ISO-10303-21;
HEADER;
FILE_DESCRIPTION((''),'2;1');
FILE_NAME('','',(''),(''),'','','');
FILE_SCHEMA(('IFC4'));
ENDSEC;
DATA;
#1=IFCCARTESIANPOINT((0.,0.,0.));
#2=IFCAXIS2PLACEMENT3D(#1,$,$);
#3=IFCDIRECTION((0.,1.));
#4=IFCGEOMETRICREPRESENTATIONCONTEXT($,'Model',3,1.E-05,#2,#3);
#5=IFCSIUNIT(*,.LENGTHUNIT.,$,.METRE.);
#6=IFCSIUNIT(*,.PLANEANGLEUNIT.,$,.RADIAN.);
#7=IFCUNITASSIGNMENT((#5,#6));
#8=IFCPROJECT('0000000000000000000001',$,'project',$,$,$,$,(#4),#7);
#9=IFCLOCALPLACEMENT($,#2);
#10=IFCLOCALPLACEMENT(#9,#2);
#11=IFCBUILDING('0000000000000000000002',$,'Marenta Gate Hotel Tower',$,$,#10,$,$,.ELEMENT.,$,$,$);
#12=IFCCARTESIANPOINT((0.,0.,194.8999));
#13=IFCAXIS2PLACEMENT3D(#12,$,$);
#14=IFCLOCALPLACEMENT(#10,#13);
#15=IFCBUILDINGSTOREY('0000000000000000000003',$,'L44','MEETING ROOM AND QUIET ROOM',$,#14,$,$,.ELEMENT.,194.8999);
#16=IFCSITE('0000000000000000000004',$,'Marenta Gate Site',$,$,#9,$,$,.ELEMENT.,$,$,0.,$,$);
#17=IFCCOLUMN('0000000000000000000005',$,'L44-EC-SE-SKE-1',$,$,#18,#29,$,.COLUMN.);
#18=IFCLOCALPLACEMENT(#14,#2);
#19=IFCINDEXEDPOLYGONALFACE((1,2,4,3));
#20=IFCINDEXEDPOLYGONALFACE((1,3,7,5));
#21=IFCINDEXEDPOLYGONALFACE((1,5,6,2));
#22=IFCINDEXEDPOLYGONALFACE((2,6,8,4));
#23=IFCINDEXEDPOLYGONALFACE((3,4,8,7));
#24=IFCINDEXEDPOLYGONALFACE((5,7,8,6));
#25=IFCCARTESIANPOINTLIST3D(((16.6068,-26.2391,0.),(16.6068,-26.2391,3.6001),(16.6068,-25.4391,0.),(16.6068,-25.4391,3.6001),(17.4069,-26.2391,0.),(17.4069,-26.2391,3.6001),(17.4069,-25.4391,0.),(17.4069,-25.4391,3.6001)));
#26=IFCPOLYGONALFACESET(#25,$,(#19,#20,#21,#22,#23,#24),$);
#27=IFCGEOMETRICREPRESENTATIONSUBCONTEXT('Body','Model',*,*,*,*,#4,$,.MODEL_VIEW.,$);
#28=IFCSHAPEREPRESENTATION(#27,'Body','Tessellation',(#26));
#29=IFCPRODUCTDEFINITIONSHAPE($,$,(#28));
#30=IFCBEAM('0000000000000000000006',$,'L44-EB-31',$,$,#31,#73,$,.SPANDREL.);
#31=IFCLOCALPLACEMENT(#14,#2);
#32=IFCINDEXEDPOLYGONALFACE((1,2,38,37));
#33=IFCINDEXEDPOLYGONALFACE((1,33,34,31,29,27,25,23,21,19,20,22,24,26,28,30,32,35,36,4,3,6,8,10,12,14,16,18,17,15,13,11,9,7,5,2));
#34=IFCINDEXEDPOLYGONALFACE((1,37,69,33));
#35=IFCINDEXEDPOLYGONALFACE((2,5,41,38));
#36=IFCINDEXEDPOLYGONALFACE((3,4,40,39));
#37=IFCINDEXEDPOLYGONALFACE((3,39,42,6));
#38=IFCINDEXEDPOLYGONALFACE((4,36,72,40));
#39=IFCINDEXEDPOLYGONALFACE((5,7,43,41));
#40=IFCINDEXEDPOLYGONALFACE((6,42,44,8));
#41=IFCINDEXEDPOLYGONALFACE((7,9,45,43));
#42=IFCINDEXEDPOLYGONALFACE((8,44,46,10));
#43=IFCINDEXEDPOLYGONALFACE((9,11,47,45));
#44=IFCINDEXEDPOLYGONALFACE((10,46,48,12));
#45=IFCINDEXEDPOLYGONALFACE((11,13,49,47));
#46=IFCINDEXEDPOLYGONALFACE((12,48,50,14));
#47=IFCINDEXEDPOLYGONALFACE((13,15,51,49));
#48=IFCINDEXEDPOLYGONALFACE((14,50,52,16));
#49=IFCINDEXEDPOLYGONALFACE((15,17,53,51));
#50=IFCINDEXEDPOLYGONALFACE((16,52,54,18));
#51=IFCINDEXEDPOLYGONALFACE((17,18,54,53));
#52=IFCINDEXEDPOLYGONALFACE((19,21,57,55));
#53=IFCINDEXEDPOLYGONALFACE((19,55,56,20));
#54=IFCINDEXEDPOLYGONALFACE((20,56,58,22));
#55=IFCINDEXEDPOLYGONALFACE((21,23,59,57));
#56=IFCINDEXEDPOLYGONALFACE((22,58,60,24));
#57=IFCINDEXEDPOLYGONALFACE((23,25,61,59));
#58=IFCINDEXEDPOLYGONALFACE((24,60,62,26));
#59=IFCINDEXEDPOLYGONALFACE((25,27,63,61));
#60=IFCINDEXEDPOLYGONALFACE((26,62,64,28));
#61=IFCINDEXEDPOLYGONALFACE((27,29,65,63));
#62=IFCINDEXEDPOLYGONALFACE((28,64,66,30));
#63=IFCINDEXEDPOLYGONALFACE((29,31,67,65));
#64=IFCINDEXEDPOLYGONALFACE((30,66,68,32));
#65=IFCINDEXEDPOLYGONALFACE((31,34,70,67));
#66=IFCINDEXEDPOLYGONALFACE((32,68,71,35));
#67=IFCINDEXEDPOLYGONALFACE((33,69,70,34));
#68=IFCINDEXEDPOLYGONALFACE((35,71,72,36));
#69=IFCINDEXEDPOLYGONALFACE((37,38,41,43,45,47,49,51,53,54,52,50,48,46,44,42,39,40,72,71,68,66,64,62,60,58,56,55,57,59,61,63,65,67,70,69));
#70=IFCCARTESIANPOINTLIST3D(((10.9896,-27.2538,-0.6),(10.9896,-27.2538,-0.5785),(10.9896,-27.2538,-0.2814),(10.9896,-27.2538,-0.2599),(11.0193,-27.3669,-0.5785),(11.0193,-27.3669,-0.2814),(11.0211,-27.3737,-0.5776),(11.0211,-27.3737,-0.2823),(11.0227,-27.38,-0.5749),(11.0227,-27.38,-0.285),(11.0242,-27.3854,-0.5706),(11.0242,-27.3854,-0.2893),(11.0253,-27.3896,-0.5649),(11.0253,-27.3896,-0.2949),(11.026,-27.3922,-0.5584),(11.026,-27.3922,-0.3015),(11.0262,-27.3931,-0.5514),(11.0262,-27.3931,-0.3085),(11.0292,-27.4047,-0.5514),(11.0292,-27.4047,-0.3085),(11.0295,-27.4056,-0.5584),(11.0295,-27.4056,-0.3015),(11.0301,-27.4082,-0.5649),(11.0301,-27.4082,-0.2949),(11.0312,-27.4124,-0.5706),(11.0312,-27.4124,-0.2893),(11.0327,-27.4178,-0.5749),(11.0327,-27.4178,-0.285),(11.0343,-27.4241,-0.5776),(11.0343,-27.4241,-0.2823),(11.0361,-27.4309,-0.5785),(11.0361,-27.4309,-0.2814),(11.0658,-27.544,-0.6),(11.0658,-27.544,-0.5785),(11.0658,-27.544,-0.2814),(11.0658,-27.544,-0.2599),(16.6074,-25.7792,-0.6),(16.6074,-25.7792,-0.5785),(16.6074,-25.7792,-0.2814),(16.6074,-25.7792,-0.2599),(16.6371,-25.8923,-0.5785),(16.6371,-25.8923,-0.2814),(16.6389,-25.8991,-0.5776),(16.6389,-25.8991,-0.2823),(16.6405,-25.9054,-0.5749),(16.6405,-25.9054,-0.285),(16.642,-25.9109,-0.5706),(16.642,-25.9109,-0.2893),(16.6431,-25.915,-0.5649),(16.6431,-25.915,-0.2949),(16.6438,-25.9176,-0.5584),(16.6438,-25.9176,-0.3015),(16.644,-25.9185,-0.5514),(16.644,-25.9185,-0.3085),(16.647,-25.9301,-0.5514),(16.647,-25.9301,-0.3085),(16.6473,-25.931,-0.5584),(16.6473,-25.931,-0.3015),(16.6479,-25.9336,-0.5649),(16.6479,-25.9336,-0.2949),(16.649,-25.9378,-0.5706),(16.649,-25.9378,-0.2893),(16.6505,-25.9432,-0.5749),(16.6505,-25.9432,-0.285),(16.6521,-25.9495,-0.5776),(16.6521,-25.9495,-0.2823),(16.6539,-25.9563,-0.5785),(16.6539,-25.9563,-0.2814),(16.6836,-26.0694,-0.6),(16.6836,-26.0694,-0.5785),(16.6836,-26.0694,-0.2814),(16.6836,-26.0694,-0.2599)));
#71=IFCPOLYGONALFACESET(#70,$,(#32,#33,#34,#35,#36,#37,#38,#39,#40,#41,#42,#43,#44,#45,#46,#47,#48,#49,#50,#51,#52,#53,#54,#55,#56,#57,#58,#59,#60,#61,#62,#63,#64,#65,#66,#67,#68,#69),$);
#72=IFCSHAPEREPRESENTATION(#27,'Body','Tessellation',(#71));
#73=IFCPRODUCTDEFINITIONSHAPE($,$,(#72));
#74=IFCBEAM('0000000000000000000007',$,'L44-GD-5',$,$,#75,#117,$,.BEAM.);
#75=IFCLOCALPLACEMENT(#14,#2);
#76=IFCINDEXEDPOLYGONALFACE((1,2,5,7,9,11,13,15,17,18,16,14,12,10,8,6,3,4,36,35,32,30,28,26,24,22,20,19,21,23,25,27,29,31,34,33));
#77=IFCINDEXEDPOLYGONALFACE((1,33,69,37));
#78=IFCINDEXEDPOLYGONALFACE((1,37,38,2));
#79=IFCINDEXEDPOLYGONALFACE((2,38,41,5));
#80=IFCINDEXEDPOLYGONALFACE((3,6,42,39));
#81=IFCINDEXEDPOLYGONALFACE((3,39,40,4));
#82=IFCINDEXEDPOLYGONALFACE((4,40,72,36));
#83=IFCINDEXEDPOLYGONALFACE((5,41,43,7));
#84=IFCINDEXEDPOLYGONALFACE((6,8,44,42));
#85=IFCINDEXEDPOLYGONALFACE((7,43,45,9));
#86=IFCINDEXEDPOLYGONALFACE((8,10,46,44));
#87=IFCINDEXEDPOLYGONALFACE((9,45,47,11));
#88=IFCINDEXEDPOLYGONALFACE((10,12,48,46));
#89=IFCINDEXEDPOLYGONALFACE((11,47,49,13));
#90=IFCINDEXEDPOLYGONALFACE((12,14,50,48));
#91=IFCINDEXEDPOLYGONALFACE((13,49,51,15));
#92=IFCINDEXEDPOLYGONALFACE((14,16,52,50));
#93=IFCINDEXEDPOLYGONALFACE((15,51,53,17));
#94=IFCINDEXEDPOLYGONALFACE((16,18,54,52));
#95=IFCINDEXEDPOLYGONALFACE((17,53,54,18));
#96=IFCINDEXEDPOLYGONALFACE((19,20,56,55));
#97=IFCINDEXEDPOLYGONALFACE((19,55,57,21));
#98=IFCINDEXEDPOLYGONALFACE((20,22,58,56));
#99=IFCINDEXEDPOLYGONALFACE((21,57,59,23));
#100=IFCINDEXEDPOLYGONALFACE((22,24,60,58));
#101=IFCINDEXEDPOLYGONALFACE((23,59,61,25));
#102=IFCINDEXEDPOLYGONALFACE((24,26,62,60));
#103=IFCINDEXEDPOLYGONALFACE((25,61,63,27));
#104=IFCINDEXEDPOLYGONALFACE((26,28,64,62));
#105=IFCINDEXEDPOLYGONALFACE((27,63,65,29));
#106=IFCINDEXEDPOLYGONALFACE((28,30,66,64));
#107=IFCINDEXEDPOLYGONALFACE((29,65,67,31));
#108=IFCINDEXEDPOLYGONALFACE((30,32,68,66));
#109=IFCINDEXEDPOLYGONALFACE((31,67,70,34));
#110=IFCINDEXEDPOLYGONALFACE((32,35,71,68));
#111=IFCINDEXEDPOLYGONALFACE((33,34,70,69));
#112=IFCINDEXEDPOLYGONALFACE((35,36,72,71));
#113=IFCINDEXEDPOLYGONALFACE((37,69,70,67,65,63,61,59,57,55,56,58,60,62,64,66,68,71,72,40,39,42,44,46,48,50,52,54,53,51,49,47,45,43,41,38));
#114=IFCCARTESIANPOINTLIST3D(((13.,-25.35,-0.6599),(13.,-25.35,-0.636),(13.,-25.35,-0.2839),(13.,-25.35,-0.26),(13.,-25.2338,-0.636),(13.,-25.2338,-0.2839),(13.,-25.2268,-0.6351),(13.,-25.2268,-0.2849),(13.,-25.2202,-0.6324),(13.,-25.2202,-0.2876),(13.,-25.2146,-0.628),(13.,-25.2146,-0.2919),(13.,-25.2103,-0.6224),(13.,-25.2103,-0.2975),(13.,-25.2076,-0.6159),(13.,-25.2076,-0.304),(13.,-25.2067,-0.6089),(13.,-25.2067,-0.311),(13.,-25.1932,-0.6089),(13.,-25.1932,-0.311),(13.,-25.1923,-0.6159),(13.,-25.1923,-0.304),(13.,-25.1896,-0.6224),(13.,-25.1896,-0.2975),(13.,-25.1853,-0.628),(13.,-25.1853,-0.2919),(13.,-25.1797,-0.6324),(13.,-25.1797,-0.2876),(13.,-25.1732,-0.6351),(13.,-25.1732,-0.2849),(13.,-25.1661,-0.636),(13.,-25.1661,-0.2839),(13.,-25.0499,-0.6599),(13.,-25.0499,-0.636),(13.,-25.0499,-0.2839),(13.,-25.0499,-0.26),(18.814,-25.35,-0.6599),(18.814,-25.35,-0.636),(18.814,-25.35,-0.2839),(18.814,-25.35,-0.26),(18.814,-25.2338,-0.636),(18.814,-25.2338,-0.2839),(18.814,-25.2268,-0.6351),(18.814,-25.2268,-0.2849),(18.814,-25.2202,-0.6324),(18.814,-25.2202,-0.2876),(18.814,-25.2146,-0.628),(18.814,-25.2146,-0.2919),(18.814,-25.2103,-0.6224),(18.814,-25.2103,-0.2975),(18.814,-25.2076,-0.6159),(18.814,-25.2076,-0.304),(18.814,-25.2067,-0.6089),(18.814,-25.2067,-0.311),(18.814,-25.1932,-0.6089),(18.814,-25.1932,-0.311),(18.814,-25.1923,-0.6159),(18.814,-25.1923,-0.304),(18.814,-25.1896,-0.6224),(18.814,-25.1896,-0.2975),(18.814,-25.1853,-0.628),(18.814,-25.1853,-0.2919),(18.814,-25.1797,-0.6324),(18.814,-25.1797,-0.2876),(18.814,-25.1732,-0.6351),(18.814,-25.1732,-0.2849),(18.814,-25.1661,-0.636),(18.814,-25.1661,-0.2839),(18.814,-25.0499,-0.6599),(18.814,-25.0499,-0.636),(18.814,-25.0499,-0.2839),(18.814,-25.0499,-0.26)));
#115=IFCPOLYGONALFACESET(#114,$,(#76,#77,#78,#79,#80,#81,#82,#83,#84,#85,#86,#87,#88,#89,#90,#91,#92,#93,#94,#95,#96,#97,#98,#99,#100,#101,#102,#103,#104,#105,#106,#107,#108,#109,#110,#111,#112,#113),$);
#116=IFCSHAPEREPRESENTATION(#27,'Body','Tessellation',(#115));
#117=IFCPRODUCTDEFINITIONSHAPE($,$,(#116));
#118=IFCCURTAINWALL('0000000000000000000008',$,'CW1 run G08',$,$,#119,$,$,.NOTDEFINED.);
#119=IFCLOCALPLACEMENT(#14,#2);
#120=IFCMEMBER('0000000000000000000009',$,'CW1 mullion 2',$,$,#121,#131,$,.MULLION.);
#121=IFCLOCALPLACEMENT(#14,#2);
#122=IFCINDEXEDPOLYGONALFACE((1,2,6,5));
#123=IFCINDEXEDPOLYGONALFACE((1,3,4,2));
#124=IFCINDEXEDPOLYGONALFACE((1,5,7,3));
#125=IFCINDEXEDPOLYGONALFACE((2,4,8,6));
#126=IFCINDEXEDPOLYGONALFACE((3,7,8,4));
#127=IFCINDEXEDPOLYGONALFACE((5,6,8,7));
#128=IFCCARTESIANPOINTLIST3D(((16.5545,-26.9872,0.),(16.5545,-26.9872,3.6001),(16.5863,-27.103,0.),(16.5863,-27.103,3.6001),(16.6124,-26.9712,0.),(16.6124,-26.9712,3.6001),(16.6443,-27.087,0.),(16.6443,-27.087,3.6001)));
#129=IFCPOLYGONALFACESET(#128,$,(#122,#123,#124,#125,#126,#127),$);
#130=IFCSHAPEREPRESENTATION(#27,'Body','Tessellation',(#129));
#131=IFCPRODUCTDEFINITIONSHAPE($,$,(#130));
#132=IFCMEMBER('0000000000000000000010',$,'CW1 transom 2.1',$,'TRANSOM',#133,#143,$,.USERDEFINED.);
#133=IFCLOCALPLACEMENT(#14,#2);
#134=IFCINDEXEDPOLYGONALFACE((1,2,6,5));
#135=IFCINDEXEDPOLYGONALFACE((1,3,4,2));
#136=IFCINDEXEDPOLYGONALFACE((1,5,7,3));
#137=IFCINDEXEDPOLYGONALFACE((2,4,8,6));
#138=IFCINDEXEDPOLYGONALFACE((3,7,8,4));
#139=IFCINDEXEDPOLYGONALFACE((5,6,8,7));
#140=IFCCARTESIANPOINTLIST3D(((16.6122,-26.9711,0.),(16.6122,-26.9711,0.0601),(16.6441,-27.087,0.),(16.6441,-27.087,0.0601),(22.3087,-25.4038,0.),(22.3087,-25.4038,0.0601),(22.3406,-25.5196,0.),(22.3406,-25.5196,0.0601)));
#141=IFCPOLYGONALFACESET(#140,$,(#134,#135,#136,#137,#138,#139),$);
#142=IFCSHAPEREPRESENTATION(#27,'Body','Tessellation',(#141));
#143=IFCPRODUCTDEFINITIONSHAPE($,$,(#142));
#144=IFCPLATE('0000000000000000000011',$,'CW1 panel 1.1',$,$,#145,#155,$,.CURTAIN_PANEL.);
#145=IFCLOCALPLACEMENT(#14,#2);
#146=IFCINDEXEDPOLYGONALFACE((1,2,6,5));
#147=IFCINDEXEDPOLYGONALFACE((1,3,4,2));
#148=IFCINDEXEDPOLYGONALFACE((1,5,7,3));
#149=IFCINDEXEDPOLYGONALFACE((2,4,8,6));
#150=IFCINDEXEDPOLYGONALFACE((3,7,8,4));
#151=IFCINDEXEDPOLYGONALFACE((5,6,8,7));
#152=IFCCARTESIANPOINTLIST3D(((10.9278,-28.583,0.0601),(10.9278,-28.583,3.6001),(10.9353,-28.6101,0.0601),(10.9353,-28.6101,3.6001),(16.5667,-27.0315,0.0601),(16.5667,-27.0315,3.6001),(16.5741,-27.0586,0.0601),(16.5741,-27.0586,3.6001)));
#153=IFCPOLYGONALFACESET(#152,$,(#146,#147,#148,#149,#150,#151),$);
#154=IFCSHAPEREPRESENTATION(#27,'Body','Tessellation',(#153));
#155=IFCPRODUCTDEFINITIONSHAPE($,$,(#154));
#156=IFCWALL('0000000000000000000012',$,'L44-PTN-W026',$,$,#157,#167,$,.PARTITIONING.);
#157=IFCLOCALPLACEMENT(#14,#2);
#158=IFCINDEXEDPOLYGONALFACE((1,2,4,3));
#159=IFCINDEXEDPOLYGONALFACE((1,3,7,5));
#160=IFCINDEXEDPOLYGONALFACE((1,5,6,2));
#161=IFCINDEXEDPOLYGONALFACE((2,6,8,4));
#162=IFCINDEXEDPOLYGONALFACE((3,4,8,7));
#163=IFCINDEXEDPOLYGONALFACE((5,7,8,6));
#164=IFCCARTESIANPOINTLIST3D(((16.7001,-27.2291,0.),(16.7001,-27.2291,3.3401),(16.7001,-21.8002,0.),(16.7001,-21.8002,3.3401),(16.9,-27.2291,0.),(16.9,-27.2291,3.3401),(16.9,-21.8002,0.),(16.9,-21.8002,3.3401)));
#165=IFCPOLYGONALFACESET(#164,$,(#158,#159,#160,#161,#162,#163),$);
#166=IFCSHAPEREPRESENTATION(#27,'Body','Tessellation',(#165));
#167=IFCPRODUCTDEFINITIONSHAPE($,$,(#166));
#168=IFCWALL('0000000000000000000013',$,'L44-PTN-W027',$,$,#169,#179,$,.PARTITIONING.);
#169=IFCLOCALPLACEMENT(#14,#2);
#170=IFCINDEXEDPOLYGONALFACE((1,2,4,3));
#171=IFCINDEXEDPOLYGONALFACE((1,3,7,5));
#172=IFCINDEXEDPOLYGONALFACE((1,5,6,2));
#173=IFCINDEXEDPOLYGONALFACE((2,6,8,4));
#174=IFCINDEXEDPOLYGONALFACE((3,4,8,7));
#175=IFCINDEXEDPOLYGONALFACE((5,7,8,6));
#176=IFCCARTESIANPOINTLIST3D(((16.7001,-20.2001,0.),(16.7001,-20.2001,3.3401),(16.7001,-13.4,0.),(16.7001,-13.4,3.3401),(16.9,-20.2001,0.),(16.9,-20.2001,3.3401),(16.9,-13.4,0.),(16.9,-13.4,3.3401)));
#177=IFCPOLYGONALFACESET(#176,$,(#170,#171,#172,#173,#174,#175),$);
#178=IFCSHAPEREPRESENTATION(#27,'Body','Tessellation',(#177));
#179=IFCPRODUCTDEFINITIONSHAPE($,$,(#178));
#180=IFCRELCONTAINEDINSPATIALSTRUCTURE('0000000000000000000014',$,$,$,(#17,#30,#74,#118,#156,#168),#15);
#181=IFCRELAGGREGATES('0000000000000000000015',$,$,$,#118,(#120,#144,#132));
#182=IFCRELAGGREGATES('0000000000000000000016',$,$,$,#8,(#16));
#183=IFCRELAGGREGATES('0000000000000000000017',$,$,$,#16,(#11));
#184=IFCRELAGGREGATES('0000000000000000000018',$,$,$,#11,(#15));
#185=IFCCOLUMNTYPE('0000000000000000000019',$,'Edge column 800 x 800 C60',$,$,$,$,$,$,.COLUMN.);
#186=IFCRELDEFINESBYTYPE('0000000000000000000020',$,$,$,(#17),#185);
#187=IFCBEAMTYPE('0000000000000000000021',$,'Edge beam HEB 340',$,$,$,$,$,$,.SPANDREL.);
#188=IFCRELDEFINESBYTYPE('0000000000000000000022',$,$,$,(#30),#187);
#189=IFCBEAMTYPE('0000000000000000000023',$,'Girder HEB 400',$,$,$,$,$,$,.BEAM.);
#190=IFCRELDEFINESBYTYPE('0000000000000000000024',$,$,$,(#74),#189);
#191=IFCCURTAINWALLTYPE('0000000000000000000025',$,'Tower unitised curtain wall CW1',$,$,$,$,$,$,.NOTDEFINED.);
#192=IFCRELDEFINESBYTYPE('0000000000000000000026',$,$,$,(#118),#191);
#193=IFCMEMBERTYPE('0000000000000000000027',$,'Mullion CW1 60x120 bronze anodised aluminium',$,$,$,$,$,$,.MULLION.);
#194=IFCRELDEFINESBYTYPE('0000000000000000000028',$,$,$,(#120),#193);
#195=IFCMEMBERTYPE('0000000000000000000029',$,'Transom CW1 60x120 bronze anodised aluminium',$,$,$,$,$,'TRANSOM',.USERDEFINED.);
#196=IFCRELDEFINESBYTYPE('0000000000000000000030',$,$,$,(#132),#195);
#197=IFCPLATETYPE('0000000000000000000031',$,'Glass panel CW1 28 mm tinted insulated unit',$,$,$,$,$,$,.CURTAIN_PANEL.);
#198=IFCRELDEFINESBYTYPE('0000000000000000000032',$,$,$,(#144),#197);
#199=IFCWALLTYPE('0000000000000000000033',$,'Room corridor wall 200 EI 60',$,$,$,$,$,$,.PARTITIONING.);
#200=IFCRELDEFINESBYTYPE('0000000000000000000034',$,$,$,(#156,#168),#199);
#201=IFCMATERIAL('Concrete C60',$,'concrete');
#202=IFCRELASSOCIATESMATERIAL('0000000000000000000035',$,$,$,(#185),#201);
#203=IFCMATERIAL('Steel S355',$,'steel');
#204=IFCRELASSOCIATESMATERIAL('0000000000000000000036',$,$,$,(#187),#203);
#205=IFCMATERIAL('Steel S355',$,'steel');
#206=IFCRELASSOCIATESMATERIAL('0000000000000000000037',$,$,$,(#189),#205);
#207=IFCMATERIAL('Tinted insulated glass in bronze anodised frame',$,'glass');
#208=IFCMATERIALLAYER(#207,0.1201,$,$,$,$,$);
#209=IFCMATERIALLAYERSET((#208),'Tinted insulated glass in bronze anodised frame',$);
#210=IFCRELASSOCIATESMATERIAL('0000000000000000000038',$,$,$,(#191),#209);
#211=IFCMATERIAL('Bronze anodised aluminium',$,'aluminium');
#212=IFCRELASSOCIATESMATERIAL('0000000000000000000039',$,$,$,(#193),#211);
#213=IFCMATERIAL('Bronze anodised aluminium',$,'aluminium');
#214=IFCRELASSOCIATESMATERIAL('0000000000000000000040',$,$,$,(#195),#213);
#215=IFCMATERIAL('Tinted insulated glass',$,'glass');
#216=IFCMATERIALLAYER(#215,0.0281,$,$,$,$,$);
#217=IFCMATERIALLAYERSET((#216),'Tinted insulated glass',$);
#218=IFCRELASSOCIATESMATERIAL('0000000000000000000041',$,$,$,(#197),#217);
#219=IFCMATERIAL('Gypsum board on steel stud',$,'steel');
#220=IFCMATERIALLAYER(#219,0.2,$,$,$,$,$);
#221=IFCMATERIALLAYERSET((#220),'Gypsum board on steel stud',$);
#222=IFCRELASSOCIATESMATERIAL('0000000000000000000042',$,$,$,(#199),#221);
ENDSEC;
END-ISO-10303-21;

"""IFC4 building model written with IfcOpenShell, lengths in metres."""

from ifc_helpers import new_model, si_unit, direction, frame, frame_2d, origin, origin_2d, place, context, subcontext, project, spatial, rectangle, i_section, extrude, material, layer, layer_set, material_profile, profile_set, type_object, element, aggregate, save


model = new_model("IFC4")

# Units and contexts
model_context = context("Model", 3, precision=1e-05, world=origin(), true_north=direction((0.0, 1.0)))
body_context = subcontext(model_context, "Body", "Model", "MODEL_VIEW")
ifc_project = project(units=[si_unit("LENGTHUNIT", "METRE"), si_unit("PLANEANGLEUNIT", "RADIAN")], contexts=[model_context])

# Site, building, storey
site_placement = place(None, origin())
site = spatial("IfcSite", under=ifc_project, at=site_placement, Name="Marenta Gate Site", CompositionType="ELEMENT", RefElevation=0.0)
building_placement = place(site_placement, origin())
building = spatial("IfcBuilding", under=site, at=building_placement, Name="Marenta Gate Hotel Tower", CompositionType="ELEMENT")
storey_placement = place(building_placement, frame((0.0, 0.0, 194.8999)))
storey = spatial("IfcBuildingStorey", under=building, at=storey_placement, Name="L44", Description="MEETING ROOM AND QUIET ROOM", CompositionType="ELEMENT", Elevation=194.8999)

# Column
ifc_material_1 = material(Name="Concrete C60", Category="concrete")
ifc_material_profile_1 = material_profile(ifc_material_1, rectangle(XDim=0.8, YDim=0.8, at=origin_2d()), Name="800 x 800")
ifc_profile_set_1 = profile_set([ifc_material_profile_1], Name="Concrete C60")
column_type = type_object("IfcColumnType", Name="Edge column 800 x 800 C60", PredefinedType="COLUMN", material=ifc_profile_set_1)
column_placement = place(storey_placement, frame((17.0068, -25.8391, 0.0), z_axis=(0.0, 0.0, 1.0), x_axis=(1.0, 0.0, 0.0)))
element("IfcColumn", 1, at=column_placement, inside=storey, type_object=column_type, Name="L44-EC-SE-SKE-1", PredefinedType="COLUMN", context=body_context, shape_type="SweptSolid", body=[
    extrude(rectangle(XDim=0.8, YDim=0.8, at=origin_2d()), origin(), (0.0, 0.0, 1.0), 3.6001),
])

# Beams
ifc_material_2 = material(Name="Steel S355", Category="steel")
ifc_material_profile_2 = material_profile(ifc_material_2, i_section(OverallWidth=0.3, OverallDepth=0.3401, WebThickness=0.012, FlangeThickness=0.0215, FilletRadius=0.0271, at=origin_2d()), Name="HEB 340")
ifc_profile_set_2 = profile_set([ifc_material_profile_2], Name="Steel S355")
beam_type_1 = type_object("IfcBeamType", Name="Edge beam HEB 340", PredefinedType="SPANDREL", material=ifc_profile_set_2)
beam_1_placement = place(storey_placement, frame((16.6455, -25.9243, -0.4299), z_axis=(-0.967235, -0.253883, 0.0), x_axis=(0.253883, -0.967235, 0.0)))
element("IfcBeam", 2, at=beam_1_placement, inside=storey, type_object=beam_type_1, Name="L44-EB-31", PredefinedType="SPANDREL", context=body_context, shape_type="SweptSolid", body=[
    extrude(i_section(OverallWidth=0.3, OverallDepth=0.3401, WebThickness=0.012, FlangeThickness=0.0215, FilletRadius=0.0271, at=origin_2d()), origin(), (0.0, 0.0, 1.0), 5.8081),
])
ifc_material_3 = material(Name="Steel S355", Category="steel")
ifc_material_profile_3 = material_profile(ifc_material_3, i_section(OverallWidth=0.3, OverallDepth=0.3999, WebThickness=0.0134, FlangeThickness=0.0239, FilletRadius=0.0271, at=origin_2d()), Name="HEB 400")
ifc_profile_set_3 = profile_set([ifc_material_profile_3], Name="Steel S355")
beam_type_2 = type_object("IfcBeamType", Name="Girder HEB 400", PredefinedType="BEAM", material=ifc_profile_set_3)
beam_2_placement = place(storey_placement, frame((13.0, -25.2, -0.46), z_axis=(1.0, 0.0, 0.0), x_axis=(0.0, 1.0, 0.0)))
element("IfcBeam", 3, at=beam_2_placement, inside=storey, type_object=beam_type_2, Name="L44-GD-5", PredefinedType="BEAM", context=body_context, shape_type="SweptSolid", body=[
    extrude(i_section(OverallWidth=0.3, OverallDepth=0.3999, WebThickness=0.0134, FlangeThickness=0.0239, FilletRadius=0.0271, at=origin_2d()), origin(), (0.0, 0.0, 1.0), 5.814),
])

# Curtain wall, members, plate
ifc_material_4 = material(Name="Tinted insulated glass in bronze anodised frame", Category="glass")
ifc_layer_1 = layer(ifc_material_4, 0.1201)
ifc_layer_set_1 = layer_set([ifc_layer_1], Name="Tinted insulated glass in bronze anodised frame")
curtain_wall_type = type_object("IfcCurtainWallType", Name="Tower unitised curtain wall CW1", PredefinedType="NOTDEFINED", material=ifc_layer_set_1)
curtain_wall_placement = place(storey_placement, origin())
curtain_wall = element("IfcCurtainWall", 4, at=curtain_wall_placement, inside=storey, type_object=curtain_wall_type, Name="CW1 run G08", PredefinedType="NOTDEFINED")
ifc_material_5 = material(Name="Bronze anodised aluminium", Category="aluminium")
ifc_material_profile_4 = material_profile(ifc_material_5, rectangle(XDim=0.1201, YDim=0.0601, at=origin_2d()), Name="Mullion CW1 60x120 bronze anodised aluminium")
ifc_profile_set_4 = profile_set([ifc_material_profile_4], Name="Bronze anodised aluminium")
member_type_1 = type_object("IfcMemberType", Name="Mullion CW1 60x120 bronze anodised aluminium", PredefinedType="MULLION", material=ifc_profile_set_4)
member_1_placement = place(storey_placement, frame((16.5994, -27.0371, 0.0), z_axis=(0.0, 0.0, 1.0), x_axis=(-0.265293, 0.964168, 0.0)))
member_1 = element("IfcMember", 5, at=member_1_placement, type_object=member_type_1, Name="CW1 mullion 2", PredefinedType="MULLION", context=body_context, shape_type="SweptSolid", body=[
    extrude(rectangle(XDim=0.1201, YDim=0.0601, at=origin_2d()), origin(), (0.0, 0.0, 1.0), 3.6001),
])
ifc_material_6 = material(Name="Bronze anodised aluminium", Category="aluminium")
ifc_material_profile_5 = material_profile(ifc_material_6, rectangle(XDim=0.1201, YDim=0.0601, at=origin_2d()), Name="Transom CW1 60x120 bronze anodised aluminium")
ifc_profile_set_5 = profile_set([ifc_material_profile_5], Name="Bronze anodised aluminium")
member_type_2 = type_object("IfcMemberType", Name="Transom CW1 60x120 bronze anodised aluminium", ElementType="TRANSOM", PredefinedType="USERDEFINED", material=ifc_profile_set_5)
member_2_placement = place(storey_placement, frame((16.6282, -27.0291, 0.03), z_axis=(0.964169, 0.265288, 0.0), x_axis=(-0.265288, 0.964169, 0.0)))
member_2 = element("IfcMember", 6, at=member_2_placement, type_object=member_type_2, Name="CW1 transom 2.1", ObjectType="TRANSOM", PredefinedType="USERDEFINED", context=body_context, shape_type="SweptSolid", body=[
    extrude(rectangle(XDim=0.1201, YDim=0.0601, at=origin_2d()), origin(), (0.0, 0.0, 1.0), 5.9082),
])
ifc_material_7 = material(Name="Tinted insulated glass", Category="glass")
ifc_layer_2 = layer(ifc_material_7, 0.0281)
ifc_layer_set_2 = layer_set([ifc_layer_2], Name="Tinted insulated glass")
plate_type = type_object("IfcPlateType", Name="Glass panel CW1 28 mm tinted insulated unit", PredefinedType="CURTAIN_PANEL", material=ifc_layer_set_2)
plate_placement = place(storey_placement, frame((13.751, -27.8208, 0.0601), z_axis=(0.0, 0.0, 1.0), x_axis=(0.964168, 0.265293, 0.0)))
plate = element("IfcPlate", 7, at=plate_placement, type_object=plate_type, Name="CW1 panel 1.1", PredefinedType="CURTAIN_PANEL", context=body_context, shape_type="SweptSolid", body=[
    extrude(rectangle(XDim=5.8484, YDim=0.0281, at=origin_2d()), origin(), (0.0, 0.0, 1.0), 3.54),
])
aggregate(curtain_wall, [member_1, plate, member_2])

# Shared definitions
ifc_material_8 = material(Name="Gypsum board on steel stud", Category="steel")
ifc_layer_3 = layer(ifc_material_8, 0.2)
ifc_layer_set_3 = layer_set([ifc_layer_3], Name="Gypsum board on steel stud")
wall_type_1 = type_object("IfcWallType", Name="Room corridor wall 200 EI 60", PredefinedType="PARTITIONING", material=ifc_layer_set_3)

# Walls
wall_1_placement = place(storey_placement, frame((16.8, -27.229, 0.0), z_axis=(0.0, 0.0, 1.0), x_axis=(0.0, 1.0, 0.0)))
element("IfcWall", 8, at=wall_1_placement, inside=storey, type_object=wall_type_1, Name="L44-PTN-W026", PredefinedType="PARTITIONING", context=body_context, shape_type="SweptSolid", body=[
    extrude(rectangle(XDim=5.429, YDim=0.2, at=frame_2d((2.7144, 0.0))), origin(), (0.0, 0.0, 1.0), 3.3401),
])
wall_2_placement = place(storey_placement, frame((16.8, -20.2, 0.0), z_axis=(0.0, 0.0, 1.0), x_axis=(0.0, 1.0, 0.0)))
element("IfcWall", 9, at=wall_2_placement, inside=storey, type_object=wall_type_1, Name="L44-PTN-W027", PredefinedType="PARTITIONING", context=body_context, shape_type="SweptSolid", body=[
    extrude(rectangle(XDim=6.8, YDim=0.2, at=frame_2d((3.3999, 0.0))), origin(), (0.0, 0.0, 1.0), 3.3401),
])

save(model, "model.ifc")
